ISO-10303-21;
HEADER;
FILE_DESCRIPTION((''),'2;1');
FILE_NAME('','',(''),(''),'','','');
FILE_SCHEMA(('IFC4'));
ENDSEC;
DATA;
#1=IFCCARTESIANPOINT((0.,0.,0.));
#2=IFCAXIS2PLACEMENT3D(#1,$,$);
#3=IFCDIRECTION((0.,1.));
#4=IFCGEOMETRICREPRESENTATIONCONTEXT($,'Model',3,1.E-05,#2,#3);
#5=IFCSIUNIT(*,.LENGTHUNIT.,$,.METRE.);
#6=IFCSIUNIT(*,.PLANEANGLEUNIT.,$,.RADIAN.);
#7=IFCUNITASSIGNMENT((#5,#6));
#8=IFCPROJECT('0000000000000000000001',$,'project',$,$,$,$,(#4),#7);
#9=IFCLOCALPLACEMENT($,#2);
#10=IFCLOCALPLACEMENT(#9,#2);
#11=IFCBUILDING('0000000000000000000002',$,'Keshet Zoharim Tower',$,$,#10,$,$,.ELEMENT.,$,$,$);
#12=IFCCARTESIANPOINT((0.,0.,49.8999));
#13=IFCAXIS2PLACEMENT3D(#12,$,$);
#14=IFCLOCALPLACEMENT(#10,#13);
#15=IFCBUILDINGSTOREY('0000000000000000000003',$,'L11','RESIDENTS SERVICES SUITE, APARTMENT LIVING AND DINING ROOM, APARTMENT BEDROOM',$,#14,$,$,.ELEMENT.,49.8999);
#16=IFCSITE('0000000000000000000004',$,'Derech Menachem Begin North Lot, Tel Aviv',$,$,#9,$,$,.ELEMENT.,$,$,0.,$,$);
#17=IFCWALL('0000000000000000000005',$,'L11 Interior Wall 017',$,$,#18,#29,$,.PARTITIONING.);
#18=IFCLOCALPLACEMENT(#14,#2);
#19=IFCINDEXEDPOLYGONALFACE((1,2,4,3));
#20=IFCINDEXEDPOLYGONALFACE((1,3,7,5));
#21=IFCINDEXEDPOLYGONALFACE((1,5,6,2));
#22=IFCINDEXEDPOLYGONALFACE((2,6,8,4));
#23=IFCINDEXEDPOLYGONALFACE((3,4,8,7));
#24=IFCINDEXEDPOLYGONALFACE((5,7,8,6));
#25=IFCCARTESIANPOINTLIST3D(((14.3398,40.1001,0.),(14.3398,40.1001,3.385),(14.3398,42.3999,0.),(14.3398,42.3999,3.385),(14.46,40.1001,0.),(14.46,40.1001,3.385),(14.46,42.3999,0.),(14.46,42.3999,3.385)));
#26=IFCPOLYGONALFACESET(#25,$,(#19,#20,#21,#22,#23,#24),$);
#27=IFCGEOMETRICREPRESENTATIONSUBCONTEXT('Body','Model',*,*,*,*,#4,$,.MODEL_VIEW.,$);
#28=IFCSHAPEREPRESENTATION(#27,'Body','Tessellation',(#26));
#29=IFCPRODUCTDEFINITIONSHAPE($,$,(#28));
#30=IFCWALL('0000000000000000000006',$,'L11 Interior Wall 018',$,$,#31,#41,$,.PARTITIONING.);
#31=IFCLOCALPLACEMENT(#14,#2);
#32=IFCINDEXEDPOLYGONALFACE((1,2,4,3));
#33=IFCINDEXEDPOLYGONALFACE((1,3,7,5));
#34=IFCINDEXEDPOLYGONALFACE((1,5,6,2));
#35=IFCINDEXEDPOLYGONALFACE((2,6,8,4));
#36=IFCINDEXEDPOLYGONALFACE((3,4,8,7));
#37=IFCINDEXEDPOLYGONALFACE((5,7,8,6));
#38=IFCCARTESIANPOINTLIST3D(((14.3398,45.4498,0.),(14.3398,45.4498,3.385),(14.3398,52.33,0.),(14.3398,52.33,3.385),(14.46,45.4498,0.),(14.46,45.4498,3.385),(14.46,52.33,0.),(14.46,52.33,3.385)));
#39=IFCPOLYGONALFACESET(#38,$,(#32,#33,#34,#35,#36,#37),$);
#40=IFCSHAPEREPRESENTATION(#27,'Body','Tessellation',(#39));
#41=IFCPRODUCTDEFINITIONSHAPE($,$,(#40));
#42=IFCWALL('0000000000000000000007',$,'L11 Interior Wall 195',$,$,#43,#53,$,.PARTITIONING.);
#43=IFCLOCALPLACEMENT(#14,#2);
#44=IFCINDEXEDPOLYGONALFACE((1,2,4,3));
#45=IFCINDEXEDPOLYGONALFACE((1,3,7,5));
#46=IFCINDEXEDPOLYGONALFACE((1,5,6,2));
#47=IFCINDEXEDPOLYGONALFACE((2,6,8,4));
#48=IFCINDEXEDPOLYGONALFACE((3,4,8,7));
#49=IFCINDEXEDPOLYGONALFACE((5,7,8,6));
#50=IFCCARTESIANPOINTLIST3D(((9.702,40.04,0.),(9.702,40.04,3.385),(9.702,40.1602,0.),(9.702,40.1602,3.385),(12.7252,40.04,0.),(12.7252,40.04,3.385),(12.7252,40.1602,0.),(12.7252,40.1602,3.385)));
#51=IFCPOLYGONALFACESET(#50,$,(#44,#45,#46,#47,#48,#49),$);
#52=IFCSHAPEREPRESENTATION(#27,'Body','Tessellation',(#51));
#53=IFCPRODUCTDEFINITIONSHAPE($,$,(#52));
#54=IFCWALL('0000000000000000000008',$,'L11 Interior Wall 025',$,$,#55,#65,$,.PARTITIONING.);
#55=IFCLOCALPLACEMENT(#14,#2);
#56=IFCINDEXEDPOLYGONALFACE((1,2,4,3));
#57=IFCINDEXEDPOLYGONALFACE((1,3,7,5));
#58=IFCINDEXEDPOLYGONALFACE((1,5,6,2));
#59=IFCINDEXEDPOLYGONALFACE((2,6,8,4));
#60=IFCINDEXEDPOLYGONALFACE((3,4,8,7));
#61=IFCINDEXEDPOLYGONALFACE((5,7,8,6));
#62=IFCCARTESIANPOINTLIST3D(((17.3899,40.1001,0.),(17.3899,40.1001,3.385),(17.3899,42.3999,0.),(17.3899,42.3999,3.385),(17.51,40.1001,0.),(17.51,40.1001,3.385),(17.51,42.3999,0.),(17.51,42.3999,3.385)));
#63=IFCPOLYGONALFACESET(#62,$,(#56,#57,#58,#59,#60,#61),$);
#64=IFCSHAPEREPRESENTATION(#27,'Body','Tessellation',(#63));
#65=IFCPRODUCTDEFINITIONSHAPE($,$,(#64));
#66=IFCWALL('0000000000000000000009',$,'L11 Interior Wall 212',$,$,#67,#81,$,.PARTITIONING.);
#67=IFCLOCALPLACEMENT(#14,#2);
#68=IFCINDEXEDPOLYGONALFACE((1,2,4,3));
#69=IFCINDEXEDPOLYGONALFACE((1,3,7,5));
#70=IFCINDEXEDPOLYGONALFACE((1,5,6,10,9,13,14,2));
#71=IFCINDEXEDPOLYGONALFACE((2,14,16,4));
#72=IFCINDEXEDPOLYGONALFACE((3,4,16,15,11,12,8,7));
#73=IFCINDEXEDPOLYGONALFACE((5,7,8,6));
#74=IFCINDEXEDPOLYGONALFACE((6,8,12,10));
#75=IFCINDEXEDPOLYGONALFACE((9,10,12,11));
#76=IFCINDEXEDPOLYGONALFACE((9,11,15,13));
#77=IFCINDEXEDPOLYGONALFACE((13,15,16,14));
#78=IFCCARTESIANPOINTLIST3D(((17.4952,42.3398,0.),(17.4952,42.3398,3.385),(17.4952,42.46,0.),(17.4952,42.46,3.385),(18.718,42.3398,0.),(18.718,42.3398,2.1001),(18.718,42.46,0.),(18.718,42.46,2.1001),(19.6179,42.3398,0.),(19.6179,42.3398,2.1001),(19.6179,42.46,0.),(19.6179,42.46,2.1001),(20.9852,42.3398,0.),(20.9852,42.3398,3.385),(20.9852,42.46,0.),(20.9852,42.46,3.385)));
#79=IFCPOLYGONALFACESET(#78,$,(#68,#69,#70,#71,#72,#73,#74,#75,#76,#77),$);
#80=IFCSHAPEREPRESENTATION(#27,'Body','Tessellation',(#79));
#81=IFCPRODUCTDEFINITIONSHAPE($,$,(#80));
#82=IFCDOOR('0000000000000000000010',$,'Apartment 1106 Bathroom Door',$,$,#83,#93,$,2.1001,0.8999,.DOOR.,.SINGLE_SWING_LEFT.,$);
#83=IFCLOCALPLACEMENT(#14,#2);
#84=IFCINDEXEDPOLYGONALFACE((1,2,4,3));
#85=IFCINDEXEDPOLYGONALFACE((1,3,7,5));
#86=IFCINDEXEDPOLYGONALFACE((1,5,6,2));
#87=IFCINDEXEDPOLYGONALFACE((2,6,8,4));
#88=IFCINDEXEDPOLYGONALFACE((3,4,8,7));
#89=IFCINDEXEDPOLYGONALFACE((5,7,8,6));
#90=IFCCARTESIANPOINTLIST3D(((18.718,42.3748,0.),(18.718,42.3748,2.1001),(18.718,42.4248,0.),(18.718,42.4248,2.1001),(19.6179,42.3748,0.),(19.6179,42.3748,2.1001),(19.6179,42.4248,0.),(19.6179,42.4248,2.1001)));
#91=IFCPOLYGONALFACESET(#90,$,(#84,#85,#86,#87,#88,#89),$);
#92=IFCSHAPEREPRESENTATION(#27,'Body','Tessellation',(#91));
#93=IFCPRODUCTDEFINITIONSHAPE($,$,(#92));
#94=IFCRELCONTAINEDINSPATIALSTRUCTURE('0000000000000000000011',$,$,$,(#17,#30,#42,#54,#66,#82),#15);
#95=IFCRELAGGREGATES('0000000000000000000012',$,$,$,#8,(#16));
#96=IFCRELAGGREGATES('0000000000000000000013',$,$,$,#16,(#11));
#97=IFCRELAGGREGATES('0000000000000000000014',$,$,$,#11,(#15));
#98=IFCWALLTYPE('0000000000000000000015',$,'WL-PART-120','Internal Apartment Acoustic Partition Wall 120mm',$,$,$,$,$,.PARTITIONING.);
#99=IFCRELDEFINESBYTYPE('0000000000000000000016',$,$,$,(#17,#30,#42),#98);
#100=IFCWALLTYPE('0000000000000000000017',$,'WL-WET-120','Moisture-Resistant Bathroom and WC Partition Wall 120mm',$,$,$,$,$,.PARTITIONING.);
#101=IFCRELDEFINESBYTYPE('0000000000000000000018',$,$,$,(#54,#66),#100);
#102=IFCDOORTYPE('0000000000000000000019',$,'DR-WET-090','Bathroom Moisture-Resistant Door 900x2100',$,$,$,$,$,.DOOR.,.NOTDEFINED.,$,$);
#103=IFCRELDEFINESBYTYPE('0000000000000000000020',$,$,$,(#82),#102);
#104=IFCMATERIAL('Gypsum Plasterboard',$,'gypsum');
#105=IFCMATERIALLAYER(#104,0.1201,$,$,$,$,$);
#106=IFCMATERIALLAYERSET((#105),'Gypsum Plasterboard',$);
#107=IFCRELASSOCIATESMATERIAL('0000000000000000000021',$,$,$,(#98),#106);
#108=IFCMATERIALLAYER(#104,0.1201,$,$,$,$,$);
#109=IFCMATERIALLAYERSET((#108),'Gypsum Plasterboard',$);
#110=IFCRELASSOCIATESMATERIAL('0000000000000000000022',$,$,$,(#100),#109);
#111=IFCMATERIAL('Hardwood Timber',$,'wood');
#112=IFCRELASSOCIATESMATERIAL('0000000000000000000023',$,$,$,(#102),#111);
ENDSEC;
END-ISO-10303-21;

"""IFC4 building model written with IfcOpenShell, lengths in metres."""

from ifc_helpers import new_model, si_unit, direction, frame, frame_2d, origin, place, context, subcontext, project, spatial, rectangle, extrude, material, layer, layer_set, type_object, element, fill, save


model = new_model("IFC4")

# Units and contexts
model_context = context("Model", 3, precision=1e-05, world=origin(), true_north=direction((0.0, 1.0)))
body_context = subcontext(model_context, "Body", "Model", "MODEL_VIEW")
ifc_project = project(units=[si_unit("LENGTHUNIT", "METRE"), si_unit("PLANEANGLEUNIT", "RADIAN")], contexts=[model_context])

# Site, building, storey
site_placement = place(None, origin())
site = spatial("IfcSite", under=ifc_project, at=site_placement, Name="Derech Menachem Begin North Lot, Tel Aviv", CompositionType="ELEMENT", RefElevation=0.0)
building_placement = place(site_placement, origin())
building = spatial("IfcBuilding", under=site, at=building_placement, Name="Keshet Zoharim Tower", CompositionType="ELEMENT")
storey_placement = place(building_placement, frame((0.0, 0.0, 49.8999)))
storey = spatial("IfcBuildingStorey", under=building, at=storey_placement, Name="L11", Description="RESIDENTS SERVICES SUITE, APARTMENT LIVING AND DINING ROOM, APARTMENT BEDROOM", CompositionType="ELEMENT", Elevation=49.8999)

# Walls
ifc_material_1 = material(Name="Gypsum Plasterboard", Category="gypsum")
ifc_layer_1 = layer(ifc_material_1, 0.1201)
ifc_layer_set_1 = layer_set([ifc_layer_1], Name="Gypsum Plasterboard")
wall_type_1 = type_object("IfcWallType", Name="WL-PART-120", Description="Internal Apartment Acoustic Partition Wall 120mm", PredefinedType="PARTITIONING", material=ifc_layer_set_1)
wall_1_placement = place(storey_placement, frame((14.3999, 40.1001, 0.0), z_axis=(0.0, 0.0, 1.0), x_axis=(0.0, 1.0, 0.0)))
element("IfcWall", 1, at=wall_1_placement, inside=storey, type_object=wall_type_1, Name="L11 Interior Wall 017", PredefinedType="PARTITIONING", context=body_context, shape_type="SweptSolid", body=[
    extrude(rectangle(XDim=2.2998, YDim=0.1201, at=frame_2d((1.1499, 0.0))), origin(), (0.0, 0.0, 1.0), 3.385),
])
wall_2_placement = place(storey_placement, frame((14.3999, 45.45, 0.0), z_axis=(0.0, 0.0, 1.0), x_axis=(0.0, 1.0, 0.0)))
element("IfcWall", 2, at=wall_2_placement, inside=storey, type_object=wall_type_1, Name="L11 Interior Wall 018", PredefinedType="PARTITIONING", context=body_context, shape_type="SweptSolid", body=[
    extrude(rectangle(XDim=6.8801, YDim=0.1201, at=frame_2d((3.4399, 0.0))), origin(), (0.0, 0.0, 1.0), 3.385),
])
wall_3_placement = place(storey_placement, frame((9.7019, 40.1001, 0.0), z_axis=(0.0, 0.0, 1.0), x_axis=(1.0, 0.0, 0.0)))
element("IfcWall", 3, at=wall_3_placement, inside=storey, type_object=wall_type_1, Name="L11 Interior Wall 195", PredefinedType="PARTITIONING", context=body_context, shape_type="SweptSolid", body=[
    extrude(rectangle(XDim=3.0232, YDim=0.1201, at=frame_2d((1.5117, 0.0))), origin(), (0.0, 0.0, 1.0), 3.385),
])

# Shared definitions
ifc_material_2 = material(Name="Hardwood Timber", Category="wood")

# Wall
ifc_layer_2 = layer(ifc_material_1, 0.1201)
ifc_layer_set_2 = layer_set([ifc_layer_2], Name="Gypsum Plasterboard")
wall_type_2 = type_object("IfcWallType", Name="WL-WET-120", Description="Moisture-Resistant Bathroom and WC Partition Wall 120mm", PredefinedType="PARTITIONING", material=ifc_layer_set_2)
wall_4_placement = place(storey_placement, frame((17.45, 40.1001, 0.0), z_axis=(0.0, 0.0, 1.0), x_axis=(0.0, 1.0, 0.0)))
element("IfcWall", 4, at=wall_4_placement, inside=storey, type_object=wall_type_2, Name="L11 Interior Wall 025", PredefinedType="PARTITIONING", context=body_context, shape_type="SweptSolid", body=[
    extrude(rectangle(XDim=2.2998, YDim=0.1201, at=frame_2d((1.1499, 0.0))), origin(), (0.0, 0.0, 1.0), 3.385),
])

# Wall, opening, door
wall_5_placement = place(storey_placement, frame((17.4951, 42.3999, 0.0), z_axis=(0.0, 0.0, 1.0), x_axis=(1.0, 0.0, 0.0)))
wall_5 = element("IfcWall", 5, at=wall_5_placement, inside=storey, type_object=wall_type_2, Name="L11 Interior Wall 212", PredefinedType="PARTITIONING", context=body_context, shape_type="SweptSolid", body=[
    extrude(rectangle(XDim=3.49, YDim=0.1201, at=frame_2d((1.7451, 0.0))), origin(), (0.0, 0.0, 1.0), 3.385),
])
opening_1_placement = place(wall_5_placement, frame((1.2229, 0.0, 0.0)))
opening_1 = element("IfcOpeningElement", 6, at=opening_1_placement, cuts=wall_5, PredefinedType="OPENING", context=body_context, shape_type="SweptSolid", body=[
    extrude(rectangle(XDim=0.8999, YDim=2.1001, at=frame_2d((0.45, 1.05))), frame((0.0, 0.0701, 0.0), z_axis=(0.0, -1.0, 0.0), x_axis=(1.0, 0.0, 0.0)), (0.0, 0.0, 1.0), 0.1401),
])
door_type_1 = type_object("IfcDoorType", Name="DR-WET-090", Description="Bathroom Moisture-Resistant Door 900x2100", OperationType="NOTDEFINED", PredefinedType="DOOR", material=ifc_material_2)
door_1_placement = place(opening_1_placement, origin())
door_1 = element("IfcDoor", 7, at=door_1_placement, inside=storey, type_object=door_type_1, Name="Apartment 1106 Bathroom Door", OperationType="SINGLE_SWING_LEFT", OverallHeight=2.1001, OverallWidth=0.8999, PredefinedType="DOOR", context=body_context, shape_type="SweptSolid", body=[
    extrude(rectangle(XDim=0.8999, YDim=2.1001, at=frame_2d((0.45, 1.05))), frame((0.0, 0.0249, 0.0), z_axis=(0.0, -1.0, 0.0), x_axis=(1.0, 0.0, 0.0)), (0.0, 0.0, 1.0), 0.05),
])
fill(opening_1, door_1)

save(model, "model.ifc")
